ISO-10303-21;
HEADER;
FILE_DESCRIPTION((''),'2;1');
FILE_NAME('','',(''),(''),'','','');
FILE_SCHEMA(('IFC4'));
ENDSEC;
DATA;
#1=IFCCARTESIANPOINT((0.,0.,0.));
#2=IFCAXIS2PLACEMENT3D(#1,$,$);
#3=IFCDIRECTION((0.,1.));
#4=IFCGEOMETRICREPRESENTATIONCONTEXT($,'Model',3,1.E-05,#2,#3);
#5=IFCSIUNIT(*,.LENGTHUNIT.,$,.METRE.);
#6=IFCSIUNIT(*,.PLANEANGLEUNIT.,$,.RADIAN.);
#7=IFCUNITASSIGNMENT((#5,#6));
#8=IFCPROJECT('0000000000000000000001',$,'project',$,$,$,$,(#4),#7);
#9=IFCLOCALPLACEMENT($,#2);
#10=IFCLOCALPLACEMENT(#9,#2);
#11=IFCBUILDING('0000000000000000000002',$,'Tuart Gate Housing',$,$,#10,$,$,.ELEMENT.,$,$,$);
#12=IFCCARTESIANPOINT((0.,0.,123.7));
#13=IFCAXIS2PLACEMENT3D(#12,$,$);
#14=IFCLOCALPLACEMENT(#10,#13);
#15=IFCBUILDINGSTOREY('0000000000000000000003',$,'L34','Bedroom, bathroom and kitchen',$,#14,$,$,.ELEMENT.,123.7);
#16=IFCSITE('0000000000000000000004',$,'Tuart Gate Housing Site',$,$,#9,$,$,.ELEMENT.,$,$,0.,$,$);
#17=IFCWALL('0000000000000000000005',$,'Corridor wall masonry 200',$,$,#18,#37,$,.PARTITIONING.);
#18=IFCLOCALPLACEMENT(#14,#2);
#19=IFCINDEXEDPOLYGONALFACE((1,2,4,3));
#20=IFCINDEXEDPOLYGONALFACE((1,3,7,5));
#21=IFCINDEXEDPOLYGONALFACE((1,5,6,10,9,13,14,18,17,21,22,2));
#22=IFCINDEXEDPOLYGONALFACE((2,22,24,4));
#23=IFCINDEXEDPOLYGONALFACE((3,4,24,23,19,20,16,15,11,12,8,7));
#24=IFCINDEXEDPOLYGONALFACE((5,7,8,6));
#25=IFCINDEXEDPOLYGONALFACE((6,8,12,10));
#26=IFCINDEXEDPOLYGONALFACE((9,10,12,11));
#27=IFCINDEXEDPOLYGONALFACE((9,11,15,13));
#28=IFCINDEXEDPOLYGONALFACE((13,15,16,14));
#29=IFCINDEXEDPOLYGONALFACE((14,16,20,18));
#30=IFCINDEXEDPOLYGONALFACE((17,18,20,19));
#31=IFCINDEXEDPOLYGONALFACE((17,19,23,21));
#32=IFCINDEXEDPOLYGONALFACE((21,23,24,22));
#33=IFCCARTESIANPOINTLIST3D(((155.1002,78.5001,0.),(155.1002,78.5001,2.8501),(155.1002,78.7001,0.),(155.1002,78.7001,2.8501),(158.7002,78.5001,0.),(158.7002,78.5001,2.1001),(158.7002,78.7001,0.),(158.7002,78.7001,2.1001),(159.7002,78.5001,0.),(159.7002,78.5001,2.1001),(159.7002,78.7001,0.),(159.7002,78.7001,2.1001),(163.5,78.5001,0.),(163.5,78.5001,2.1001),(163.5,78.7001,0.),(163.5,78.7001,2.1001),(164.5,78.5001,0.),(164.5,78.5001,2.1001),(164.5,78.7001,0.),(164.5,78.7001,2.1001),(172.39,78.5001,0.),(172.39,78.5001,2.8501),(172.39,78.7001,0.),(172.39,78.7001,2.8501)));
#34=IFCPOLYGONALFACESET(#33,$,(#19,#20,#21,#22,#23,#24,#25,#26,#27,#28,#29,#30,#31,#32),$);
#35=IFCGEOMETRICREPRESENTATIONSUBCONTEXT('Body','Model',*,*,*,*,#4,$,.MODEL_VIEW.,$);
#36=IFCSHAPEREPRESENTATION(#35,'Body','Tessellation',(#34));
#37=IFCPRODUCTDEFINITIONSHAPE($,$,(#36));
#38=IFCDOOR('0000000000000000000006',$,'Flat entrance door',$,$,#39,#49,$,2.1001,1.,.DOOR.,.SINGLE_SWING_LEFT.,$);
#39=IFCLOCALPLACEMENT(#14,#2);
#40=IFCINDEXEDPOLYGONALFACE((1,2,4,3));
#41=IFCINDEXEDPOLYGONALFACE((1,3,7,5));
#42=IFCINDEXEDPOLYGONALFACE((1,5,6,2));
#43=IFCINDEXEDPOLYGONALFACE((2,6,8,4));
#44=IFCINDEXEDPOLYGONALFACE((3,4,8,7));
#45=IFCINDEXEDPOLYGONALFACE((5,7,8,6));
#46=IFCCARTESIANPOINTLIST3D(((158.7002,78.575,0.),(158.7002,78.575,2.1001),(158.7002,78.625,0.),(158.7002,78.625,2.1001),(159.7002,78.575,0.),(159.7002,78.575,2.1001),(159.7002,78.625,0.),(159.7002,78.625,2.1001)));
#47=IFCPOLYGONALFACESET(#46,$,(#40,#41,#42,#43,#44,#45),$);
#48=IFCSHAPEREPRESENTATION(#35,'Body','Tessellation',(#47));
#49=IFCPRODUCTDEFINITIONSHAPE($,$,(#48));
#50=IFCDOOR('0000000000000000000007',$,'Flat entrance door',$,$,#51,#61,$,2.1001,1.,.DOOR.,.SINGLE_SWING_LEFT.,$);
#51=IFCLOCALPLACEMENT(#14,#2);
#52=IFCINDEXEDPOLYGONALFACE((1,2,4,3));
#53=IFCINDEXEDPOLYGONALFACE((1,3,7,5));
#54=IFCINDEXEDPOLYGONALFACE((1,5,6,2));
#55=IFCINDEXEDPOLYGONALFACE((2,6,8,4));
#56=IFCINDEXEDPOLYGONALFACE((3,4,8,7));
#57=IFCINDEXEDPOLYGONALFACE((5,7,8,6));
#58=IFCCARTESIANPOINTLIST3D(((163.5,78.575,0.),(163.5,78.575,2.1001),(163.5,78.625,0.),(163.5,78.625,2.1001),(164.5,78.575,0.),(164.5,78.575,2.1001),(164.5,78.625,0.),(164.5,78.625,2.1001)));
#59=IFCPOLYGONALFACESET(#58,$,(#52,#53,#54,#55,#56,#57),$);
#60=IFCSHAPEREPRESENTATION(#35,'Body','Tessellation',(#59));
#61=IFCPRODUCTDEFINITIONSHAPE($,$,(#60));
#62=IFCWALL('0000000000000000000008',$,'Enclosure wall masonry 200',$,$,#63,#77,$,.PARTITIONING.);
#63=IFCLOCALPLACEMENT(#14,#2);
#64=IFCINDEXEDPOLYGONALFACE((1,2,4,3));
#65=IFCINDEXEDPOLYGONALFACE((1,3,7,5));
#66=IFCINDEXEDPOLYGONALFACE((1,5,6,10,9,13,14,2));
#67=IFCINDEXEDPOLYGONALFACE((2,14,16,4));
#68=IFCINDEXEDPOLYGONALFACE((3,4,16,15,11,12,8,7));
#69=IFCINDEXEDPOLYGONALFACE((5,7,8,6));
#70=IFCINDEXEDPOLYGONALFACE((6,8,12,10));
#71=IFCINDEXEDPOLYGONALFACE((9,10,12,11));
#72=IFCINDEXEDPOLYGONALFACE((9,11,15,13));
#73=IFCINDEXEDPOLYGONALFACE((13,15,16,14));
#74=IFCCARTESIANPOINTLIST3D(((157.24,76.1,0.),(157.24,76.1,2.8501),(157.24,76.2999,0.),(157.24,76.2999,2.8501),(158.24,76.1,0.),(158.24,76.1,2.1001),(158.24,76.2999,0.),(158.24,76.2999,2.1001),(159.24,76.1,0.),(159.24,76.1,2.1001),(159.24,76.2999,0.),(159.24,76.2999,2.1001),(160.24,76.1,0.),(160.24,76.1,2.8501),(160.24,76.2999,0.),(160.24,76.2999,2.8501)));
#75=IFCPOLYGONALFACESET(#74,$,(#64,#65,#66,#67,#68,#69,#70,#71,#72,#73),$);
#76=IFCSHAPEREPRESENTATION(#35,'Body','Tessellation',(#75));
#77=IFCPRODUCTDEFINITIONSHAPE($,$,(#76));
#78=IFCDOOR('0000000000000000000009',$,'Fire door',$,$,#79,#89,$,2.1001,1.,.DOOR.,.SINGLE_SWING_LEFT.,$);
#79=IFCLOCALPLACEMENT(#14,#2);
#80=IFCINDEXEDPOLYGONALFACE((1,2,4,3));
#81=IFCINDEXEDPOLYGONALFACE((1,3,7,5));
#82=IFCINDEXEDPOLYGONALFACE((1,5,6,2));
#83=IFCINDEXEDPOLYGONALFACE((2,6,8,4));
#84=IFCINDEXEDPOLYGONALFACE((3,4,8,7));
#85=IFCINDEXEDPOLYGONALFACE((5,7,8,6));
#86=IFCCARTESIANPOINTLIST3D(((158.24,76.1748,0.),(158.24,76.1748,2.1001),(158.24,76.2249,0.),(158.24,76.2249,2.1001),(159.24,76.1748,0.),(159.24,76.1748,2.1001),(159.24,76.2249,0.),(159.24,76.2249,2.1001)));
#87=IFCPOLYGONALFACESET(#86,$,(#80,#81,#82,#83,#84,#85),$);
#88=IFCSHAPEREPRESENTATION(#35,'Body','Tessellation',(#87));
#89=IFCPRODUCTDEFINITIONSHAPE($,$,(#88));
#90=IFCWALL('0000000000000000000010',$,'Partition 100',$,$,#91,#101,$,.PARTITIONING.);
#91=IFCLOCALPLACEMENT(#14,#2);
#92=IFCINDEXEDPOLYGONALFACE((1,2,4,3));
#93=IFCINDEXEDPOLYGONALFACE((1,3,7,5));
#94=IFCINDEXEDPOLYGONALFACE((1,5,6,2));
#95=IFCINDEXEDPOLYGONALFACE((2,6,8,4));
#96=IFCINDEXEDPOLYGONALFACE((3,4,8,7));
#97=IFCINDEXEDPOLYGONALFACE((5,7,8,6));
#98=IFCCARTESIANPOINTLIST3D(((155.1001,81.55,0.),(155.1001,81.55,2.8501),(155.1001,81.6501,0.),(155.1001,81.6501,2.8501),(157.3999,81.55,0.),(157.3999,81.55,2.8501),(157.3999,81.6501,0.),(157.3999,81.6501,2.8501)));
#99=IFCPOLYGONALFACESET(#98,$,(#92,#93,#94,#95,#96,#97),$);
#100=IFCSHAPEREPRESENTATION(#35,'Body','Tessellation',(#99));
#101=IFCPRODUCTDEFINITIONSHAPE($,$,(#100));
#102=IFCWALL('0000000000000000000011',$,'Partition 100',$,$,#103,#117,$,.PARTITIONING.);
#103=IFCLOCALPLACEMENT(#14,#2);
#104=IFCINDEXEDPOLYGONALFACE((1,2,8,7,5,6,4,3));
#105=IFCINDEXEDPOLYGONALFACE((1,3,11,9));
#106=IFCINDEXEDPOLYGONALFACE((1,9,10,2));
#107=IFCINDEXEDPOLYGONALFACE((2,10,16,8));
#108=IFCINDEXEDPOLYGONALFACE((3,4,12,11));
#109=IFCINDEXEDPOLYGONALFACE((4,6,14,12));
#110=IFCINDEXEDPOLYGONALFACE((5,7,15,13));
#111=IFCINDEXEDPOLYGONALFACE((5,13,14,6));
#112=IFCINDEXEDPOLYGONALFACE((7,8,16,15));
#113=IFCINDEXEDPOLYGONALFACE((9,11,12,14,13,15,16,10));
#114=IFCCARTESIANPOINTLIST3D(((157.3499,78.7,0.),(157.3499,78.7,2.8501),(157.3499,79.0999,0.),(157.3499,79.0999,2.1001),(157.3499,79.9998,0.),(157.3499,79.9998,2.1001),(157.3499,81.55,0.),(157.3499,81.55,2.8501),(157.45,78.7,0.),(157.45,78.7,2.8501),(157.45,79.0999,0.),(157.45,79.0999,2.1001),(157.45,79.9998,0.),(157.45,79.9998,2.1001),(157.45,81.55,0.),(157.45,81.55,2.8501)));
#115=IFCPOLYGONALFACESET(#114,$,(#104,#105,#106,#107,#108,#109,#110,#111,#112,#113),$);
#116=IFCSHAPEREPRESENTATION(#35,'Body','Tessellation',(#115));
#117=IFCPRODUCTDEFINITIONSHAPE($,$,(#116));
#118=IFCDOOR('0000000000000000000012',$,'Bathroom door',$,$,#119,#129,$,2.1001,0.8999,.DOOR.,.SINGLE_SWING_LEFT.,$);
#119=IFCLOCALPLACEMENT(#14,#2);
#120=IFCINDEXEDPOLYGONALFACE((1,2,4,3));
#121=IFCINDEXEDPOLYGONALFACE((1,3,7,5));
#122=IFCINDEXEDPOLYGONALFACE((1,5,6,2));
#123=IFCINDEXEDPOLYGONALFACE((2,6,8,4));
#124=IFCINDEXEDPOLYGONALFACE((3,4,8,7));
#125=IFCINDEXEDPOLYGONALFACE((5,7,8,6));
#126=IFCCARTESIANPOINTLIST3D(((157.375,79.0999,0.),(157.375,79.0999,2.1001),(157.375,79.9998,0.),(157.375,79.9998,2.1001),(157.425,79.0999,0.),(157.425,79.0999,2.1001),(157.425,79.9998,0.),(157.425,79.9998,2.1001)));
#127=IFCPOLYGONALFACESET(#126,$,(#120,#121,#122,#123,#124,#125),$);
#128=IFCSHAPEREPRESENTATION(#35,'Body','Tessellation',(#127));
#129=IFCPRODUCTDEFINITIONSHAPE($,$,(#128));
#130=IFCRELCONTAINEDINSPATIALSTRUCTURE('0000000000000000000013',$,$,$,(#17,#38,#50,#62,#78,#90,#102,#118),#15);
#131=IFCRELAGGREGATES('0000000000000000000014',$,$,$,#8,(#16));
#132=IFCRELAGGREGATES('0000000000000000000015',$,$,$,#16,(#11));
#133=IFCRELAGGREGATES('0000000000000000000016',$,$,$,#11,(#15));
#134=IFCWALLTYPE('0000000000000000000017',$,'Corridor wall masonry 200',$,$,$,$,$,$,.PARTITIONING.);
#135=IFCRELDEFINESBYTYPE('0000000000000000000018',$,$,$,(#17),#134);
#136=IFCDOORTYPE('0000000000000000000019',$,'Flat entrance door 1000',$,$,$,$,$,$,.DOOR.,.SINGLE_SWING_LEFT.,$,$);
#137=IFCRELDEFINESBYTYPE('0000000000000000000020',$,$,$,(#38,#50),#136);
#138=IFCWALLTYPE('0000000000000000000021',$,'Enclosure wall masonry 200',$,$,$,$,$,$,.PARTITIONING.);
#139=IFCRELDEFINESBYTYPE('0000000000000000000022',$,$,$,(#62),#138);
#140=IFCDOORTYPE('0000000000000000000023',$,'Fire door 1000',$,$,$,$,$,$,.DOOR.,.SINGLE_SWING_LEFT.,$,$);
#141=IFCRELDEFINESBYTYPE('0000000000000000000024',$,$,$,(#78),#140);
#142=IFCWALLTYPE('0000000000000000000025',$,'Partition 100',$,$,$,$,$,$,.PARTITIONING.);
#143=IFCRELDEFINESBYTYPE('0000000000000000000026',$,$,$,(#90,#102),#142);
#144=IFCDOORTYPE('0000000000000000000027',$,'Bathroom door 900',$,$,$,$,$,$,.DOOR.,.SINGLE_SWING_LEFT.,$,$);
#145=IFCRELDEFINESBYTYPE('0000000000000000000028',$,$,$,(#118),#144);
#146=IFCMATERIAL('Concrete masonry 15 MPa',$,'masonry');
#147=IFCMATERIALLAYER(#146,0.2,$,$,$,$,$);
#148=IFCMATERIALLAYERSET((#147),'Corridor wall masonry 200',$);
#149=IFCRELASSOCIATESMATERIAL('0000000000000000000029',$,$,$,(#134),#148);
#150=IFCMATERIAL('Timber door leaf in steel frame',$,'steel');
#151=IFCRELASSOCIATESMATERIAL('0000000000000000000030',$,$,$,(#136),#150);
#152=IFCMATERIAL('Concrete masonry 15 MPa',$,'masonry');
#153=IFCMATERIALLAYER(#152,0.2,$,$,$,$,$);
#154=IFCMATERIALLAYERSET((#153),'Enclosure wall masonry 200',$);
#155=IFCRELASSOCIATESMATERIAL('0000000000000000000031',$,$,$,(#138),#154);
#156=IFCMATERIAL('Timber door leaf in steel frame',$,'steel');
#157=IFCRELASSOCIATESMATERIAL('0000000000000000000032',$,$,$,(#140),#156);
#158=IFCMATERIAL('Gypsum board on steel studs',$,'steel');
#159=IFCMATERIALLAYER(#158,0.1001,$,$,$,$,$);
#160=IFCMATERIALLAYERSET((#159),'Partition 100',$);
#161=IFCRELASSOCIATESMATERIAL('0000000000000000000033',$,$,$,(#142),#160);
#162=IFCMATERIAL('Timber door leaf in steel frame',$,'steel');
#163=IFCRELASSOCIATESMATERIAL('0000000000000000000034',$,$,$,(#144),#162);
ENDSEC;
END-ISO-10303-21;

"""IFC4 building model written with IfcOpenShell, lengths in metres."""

from ifc_helpers import new_model, si_unit, direction, frame, frame_2d, origin, place, context, subcontext, project, spatial, rectangle, extrude, material, layer, layer_set, type_object, element, fill, save


model = new_model("IFC4")

# Units and contexts
model_context = context("Model", 3, precision=1e-05, world=origin(), true_north=direction((0.0, 1.0)))
body_context = subcontext(model_context, "Body", "Model", "MODEL_VIEW")
ifc_project = project(units=[si_unit("LENGTHUNIT", "METRE"), si_unit("PLANEANGLEUNIT", "RADIAN")], contexts=[model_context])

# Site, building, storey
site_placement = place(None, origin())
site = spatial("IfcSite", under=ifc_project, at=site_placement, Name="Tuart Gate Housing Site", CompositionType="ELEMENT", RefElevation=0.0)
building_placement = place(site_placement, origin())
building = spatial("IfcBuilding", under=site, at=building_placement, Name="Tuart Gate Housing", CompositionType="ELEMENT")
storey_placement = place(building_placement, frame((0.0, 0.0, 123.7)))
storey = spatial("IfcBuildingStorey", under=building, at=storey_placement, Name="L34", Description="Bedroom, bathroom and kitchen", CompositionType="ELEMENT", Elevation=123.7)

# Shared definitions
ifc_material_1 = material(Name="Concrete masonry 15 MPa", Category="masonry")
ifc_layer_1 = layer(ifc_material_1, 0.2)
ifc_layer_set_1 = layer_set([ifc_layer_1], Name="Corridor wall masonry 200")
wall_type_1 = type_object("IfcWallType", Name="Corridor wall masonry 200", PredefinedType="PARTITIONING", material=ifc_layer_set_1)

# Wall, openings, doors
wall_1_placement = place(storey_placement, frame((155.1001, 78.6001, 0.0), z_axis=(0.0, 0.0, 1.0), x_axis=(1.0, 0.0, 0.0)))
wall_1 = element("IfcWall", 1, at=wall_1_placement, inside=storey, type_object=wall_type_1, Name="Corridor wall masonry 200", PredefinedType="PARTITIONING", context=body_context, shape_type="SweptSolid", body=[
    extrude(rectangle(XDim=17.2898, YDim=0.2, at=frame_2d((8.645, 0.0))), origin(), (0.0, 0.0, 1.0), 2.8501),
])
opening_1_placement = place(wall_1_placement, frame((3.6001, 0.0, 0.0)))
opening_1 = element("IfcOpeningElement", 2, at=opening_1_placement, cuts=wall_1, PredefinedType="OPENING", context=body_context, shape_type="SweptSolid", body=[
    extrude(rectangle(XDim=1.0, YDim=2.1001, at=frame_2d((0.5, 1.05))), frame((0.0, 0.1099, 0.0), z_axis=(0.0, -1.0, 0.0), x_axis=(1.0, 0.0, 0.0)), (0.0, 0.0, 1.0), 0.22),
])
opening_2_placement = place(wall_1_placement, frame((8.3999, 0.0, 0.0)))
opening_2 = element("IfcOpeningElement", 3, at=opening_2_placement, cuts=wall_1, PredefinedType="OPENING", context=body_context, shape_type="SweptSolid", body=[
    extrude(rectangle(XDim=1.0, YDim=2.1001, at=frame_2d((0.5, 1.05))), frame((0.0, 0.1099, 0.0), z_axis=(0.0, -1.0, 0.0), x_axis=(1.0, 0.0, 0.0)), (0.0, 0.0, 1.0), 0.22),
])
ifc_material_2 = material(Name="Timber door leaf in steel frame", Category="steel")
door_type_1 = type_object("IfcDoorType", Name="Flat entrance door 1000", OperationType="SINGLE_SWING_LEFT", PredefinedType="DOOR", material=ifc_material_2)
door_1_placement = place(opening_1_placement, origin())
door_1 = element("IfcDoor", 4, at=door_1_placement, inside=storey, type_object=door_type_1, Name="Flat entrance door", OperationType="SINGLE_SWING_LEFT", OverallHeight=2.1001, OverallWidth=1.0, PredefinedType="DOOR", context=body_context, shape_type="SweptSolid", body=[
    extrude(rectangle(XDim=1.0, YDim=2.1001, at=frame_2d((0.5, 1.05))), frame((0.0, 0.0249, 0.0), z_axis=(0.0, -1.0, 0.0), x_axis=(1.0, 0.0, 0.0)), (0.0, 0.0, 1.0), 0.05),
])
fill(opening_1, door_1)
door_2_placement = place(opening_2_placement, origin())
door_2 = element("IfcDoor", 5, at=door_2_placement, inside=storey, type_object=door_type_1, Name="Flat entrance door", OperationType="SINGLE_SWING_LEFT", OverallHeight=2.1001, OverallWidth=1.0, PredefinedType="DOOR", context=body_context, shape_type="SweptSolid", body=[
    extrude(rectangle(XDim=1.0, YDim=2.1001, at=frame_2d((0.5, 1.05))), frame((0.0, 0.0249, 0.0), z_axis=(0.0, -1.0, 0.0), x_axis=(1.0, 0.0, 0.0)), (0.0, 0.0, 1.0), 0.05),
])
fill(opening_2, door_2)

# Wall, opening, door
ifc_material_3 = material(Name="Concrete masonry 15 MPa", Category="masonry")
ifc_layer_2 = layer(ifc_material_3, 0.2)
ifc_layer_set_2 = layer_set([ifc_layer_2], Name="Enclosure wall masonry 200")
wall_type_2 = type_object("IfcWallType", Name="Enclosure wall masonry 200", PredefinedType="PARTITIONING", material=ifc_layer_set_2)
wall_2_placement = place(storey_placement, frame((157.24, 76.2, 0.0), z_axis=(0.0, 0.0, 1.0), x_axis=(1.0, 0.0, 0.0)))
wall_2 = element("IfcWall", 6, at=wall_2_placement, inside=storey, type_object=wall_type_2, Name="Enclosure wall masonry 200", PredefinedType="PARTITIONING", context=body_context, shape_type="SweptSolid", body=[
    extrude(rectangle(XDim=3.0, YDim=0.2, at=frame_2d((1.5, 0.0))), origin(), (0.0, 0.0, 1.0), 2.8501),
])
opening_3_placement = place(wall_2_placement, frame((1.0, 0.0, 0.0)))
opening_3 = element("IfcOpeningElement", 7, at=opening_3_placement, cuts=wall_2, PredefinedType="OPENING", context=body_context, shape_type="SweptSolid", body=[
    extrude(rectangle(XDim=1.0, YDim=2.1001, at=frame_2d((0.5, 1.05))), frame((0.0, 0.1099, 0.0), z_axis=(0.0, -1.0, 0.0), x_axis=(1.0, 0.0, 0.0)), (0.0, 0.0, 1.0), 0.22),
])
ifc_material_4 = material(Name="Timber door leaf in steel frame", Category="steel")
door_type_2 = type_object("IfcDoorType", Name="Fire door 1000", OperationType="SINGLE_SWING_LEFT", PredefinedType="DOOR", material=ifc_material_4)
door_3_placement = place(opening_3_placement, origin())
door_3 = element("IfcDoor", 8, at=door_3_placement, inside=storey, type_object=door_type_2, Name="Fire door", OperationType="SINGLE_SWING_LEFT", OverallHeight=2.1001, OverallWidth=1.0, PredefinedType="DOOR", context=body_context, shape_type="SweptSolid", body=[
    extrude(rectangle(XDim=1.0, YDim=2.1001, at=frame_2d((0.5, 1.05))), frame((0.0, 0.0249, 0.0), z_axis=(0.0, -1.0, 0.0), x_axis=(1.0, 0.0, 0.0)), (0.0, 0.0, 1.0), 0.05),
])
fill(opening_3, door_3)

# Wall
ifc_material_5 = material(Name="Gypsum board on steel studs", Category="steel")
ifc_layer_3 = layer(ifc_material_5, 0.1001)
ifc_layer_set_3 = layer_set([ifc_layer_3], Name="Partition 100")
wall_type_3 = type_object("IfcWallType", Name="Partition 100", PredefinedType="PARTITIONING", material=ifc_layer_set_3)
wall_3_placement = place(storey_placement, frame((155.1001, 81.6001, 0.0), z_axis=(0.0, 0.0, 1.0), x_axis=(1.0, 0.0, 0.0)))
element("IfcWall", 9, at=wall_3_placement, inside=storey, type_object=wall_type_3, Name="Partition 100", PredefinedType="PARTITIONING", context=body_context, shape_type="SweptSolid", body=[
    extrude(rectangle(XDim=2.2998, YDim=0.1001, at=frame_2d((1.1499, 0.0))), origin(), (0.0, 0.0, 1.0), 2.8501),
])

# Wall, opening, door
wall_4_placement = place(storey_placement, frame((157.3999, 78.7, 0.0), z_axis=(0.0, 0.0, 1.0), x_axis=(0.0, 1.0, 0.0)))
wall_4 = element("IfcWall", 10, at=wall_4_placement, inside=storey, type_object=wall_type_3, Name="Partition 100", PredefinedType="PARTITIONING", context=body_context, shape_type="SweptSolid", body=[
    extrude(rectangle(XDim=2.8501, YDim=0.1001, at=frame_2d((1.425, 0.0))), origin(), (0.0, 0.0, 1.0), 2.8501),
])
opening_4_placement = place(wall_4_placement, frame((0.3999, 0.0, 0.0)))
opening_4 = element("IfcOpeningElement", 11, at=opening_4_placement, cuts=wall_4, PredefinedType="OPENING", context=body_context, shape_type="SweptSolid", body=[
    extrude(rectangle(XDim=0.8999, YDim=2.1001, at=frame_2d((0.45, 1.05))), frame((0.0, 0.0601, 0.0), z_axis=(0.0, -1.0, 0.0), x_axis=(1.0, 0.0, 0.0)), (0.0, 0.0, 1.0), 0.1201),
])
ifc_material_6 = material(Name="Timber door leaf in steel frame", Category="steel")
door_type_3 = type_object("IfcDoorType", Name="Bathroom door 900", OperationType="SINGLE_SWING_LEFT", PredefinedType="DOOR", material=ifc_material_6)
door_4_placement = place(opening_4_placement, origin())
door_4 = element("IfcDoor", 12, at=door_4_placement, inside=storey, type_object=door_type_3, Name="Bathroom door", OperationType="SINGLE_SWING_LEFT", OverallHeight=2.1001, OverallWidth=0.8999, PredefinedType="DOOR", context=body_context, shape_type="SweptSolid", body=[
    extrude(rectangle(XDim=0.8999, YDim=2.1001, at=frame_2d((0.45, 1.05))), frame((0.0, 0.0249, 0.0), z_axis=(0.0, -1.0, 0.0), x_axis=(1.0, 0.0, 0.0)), (0.0, 0.0, 1.0), 0.05),
])
fill(opening_4, door_4)

save(model, "model.ifc")
